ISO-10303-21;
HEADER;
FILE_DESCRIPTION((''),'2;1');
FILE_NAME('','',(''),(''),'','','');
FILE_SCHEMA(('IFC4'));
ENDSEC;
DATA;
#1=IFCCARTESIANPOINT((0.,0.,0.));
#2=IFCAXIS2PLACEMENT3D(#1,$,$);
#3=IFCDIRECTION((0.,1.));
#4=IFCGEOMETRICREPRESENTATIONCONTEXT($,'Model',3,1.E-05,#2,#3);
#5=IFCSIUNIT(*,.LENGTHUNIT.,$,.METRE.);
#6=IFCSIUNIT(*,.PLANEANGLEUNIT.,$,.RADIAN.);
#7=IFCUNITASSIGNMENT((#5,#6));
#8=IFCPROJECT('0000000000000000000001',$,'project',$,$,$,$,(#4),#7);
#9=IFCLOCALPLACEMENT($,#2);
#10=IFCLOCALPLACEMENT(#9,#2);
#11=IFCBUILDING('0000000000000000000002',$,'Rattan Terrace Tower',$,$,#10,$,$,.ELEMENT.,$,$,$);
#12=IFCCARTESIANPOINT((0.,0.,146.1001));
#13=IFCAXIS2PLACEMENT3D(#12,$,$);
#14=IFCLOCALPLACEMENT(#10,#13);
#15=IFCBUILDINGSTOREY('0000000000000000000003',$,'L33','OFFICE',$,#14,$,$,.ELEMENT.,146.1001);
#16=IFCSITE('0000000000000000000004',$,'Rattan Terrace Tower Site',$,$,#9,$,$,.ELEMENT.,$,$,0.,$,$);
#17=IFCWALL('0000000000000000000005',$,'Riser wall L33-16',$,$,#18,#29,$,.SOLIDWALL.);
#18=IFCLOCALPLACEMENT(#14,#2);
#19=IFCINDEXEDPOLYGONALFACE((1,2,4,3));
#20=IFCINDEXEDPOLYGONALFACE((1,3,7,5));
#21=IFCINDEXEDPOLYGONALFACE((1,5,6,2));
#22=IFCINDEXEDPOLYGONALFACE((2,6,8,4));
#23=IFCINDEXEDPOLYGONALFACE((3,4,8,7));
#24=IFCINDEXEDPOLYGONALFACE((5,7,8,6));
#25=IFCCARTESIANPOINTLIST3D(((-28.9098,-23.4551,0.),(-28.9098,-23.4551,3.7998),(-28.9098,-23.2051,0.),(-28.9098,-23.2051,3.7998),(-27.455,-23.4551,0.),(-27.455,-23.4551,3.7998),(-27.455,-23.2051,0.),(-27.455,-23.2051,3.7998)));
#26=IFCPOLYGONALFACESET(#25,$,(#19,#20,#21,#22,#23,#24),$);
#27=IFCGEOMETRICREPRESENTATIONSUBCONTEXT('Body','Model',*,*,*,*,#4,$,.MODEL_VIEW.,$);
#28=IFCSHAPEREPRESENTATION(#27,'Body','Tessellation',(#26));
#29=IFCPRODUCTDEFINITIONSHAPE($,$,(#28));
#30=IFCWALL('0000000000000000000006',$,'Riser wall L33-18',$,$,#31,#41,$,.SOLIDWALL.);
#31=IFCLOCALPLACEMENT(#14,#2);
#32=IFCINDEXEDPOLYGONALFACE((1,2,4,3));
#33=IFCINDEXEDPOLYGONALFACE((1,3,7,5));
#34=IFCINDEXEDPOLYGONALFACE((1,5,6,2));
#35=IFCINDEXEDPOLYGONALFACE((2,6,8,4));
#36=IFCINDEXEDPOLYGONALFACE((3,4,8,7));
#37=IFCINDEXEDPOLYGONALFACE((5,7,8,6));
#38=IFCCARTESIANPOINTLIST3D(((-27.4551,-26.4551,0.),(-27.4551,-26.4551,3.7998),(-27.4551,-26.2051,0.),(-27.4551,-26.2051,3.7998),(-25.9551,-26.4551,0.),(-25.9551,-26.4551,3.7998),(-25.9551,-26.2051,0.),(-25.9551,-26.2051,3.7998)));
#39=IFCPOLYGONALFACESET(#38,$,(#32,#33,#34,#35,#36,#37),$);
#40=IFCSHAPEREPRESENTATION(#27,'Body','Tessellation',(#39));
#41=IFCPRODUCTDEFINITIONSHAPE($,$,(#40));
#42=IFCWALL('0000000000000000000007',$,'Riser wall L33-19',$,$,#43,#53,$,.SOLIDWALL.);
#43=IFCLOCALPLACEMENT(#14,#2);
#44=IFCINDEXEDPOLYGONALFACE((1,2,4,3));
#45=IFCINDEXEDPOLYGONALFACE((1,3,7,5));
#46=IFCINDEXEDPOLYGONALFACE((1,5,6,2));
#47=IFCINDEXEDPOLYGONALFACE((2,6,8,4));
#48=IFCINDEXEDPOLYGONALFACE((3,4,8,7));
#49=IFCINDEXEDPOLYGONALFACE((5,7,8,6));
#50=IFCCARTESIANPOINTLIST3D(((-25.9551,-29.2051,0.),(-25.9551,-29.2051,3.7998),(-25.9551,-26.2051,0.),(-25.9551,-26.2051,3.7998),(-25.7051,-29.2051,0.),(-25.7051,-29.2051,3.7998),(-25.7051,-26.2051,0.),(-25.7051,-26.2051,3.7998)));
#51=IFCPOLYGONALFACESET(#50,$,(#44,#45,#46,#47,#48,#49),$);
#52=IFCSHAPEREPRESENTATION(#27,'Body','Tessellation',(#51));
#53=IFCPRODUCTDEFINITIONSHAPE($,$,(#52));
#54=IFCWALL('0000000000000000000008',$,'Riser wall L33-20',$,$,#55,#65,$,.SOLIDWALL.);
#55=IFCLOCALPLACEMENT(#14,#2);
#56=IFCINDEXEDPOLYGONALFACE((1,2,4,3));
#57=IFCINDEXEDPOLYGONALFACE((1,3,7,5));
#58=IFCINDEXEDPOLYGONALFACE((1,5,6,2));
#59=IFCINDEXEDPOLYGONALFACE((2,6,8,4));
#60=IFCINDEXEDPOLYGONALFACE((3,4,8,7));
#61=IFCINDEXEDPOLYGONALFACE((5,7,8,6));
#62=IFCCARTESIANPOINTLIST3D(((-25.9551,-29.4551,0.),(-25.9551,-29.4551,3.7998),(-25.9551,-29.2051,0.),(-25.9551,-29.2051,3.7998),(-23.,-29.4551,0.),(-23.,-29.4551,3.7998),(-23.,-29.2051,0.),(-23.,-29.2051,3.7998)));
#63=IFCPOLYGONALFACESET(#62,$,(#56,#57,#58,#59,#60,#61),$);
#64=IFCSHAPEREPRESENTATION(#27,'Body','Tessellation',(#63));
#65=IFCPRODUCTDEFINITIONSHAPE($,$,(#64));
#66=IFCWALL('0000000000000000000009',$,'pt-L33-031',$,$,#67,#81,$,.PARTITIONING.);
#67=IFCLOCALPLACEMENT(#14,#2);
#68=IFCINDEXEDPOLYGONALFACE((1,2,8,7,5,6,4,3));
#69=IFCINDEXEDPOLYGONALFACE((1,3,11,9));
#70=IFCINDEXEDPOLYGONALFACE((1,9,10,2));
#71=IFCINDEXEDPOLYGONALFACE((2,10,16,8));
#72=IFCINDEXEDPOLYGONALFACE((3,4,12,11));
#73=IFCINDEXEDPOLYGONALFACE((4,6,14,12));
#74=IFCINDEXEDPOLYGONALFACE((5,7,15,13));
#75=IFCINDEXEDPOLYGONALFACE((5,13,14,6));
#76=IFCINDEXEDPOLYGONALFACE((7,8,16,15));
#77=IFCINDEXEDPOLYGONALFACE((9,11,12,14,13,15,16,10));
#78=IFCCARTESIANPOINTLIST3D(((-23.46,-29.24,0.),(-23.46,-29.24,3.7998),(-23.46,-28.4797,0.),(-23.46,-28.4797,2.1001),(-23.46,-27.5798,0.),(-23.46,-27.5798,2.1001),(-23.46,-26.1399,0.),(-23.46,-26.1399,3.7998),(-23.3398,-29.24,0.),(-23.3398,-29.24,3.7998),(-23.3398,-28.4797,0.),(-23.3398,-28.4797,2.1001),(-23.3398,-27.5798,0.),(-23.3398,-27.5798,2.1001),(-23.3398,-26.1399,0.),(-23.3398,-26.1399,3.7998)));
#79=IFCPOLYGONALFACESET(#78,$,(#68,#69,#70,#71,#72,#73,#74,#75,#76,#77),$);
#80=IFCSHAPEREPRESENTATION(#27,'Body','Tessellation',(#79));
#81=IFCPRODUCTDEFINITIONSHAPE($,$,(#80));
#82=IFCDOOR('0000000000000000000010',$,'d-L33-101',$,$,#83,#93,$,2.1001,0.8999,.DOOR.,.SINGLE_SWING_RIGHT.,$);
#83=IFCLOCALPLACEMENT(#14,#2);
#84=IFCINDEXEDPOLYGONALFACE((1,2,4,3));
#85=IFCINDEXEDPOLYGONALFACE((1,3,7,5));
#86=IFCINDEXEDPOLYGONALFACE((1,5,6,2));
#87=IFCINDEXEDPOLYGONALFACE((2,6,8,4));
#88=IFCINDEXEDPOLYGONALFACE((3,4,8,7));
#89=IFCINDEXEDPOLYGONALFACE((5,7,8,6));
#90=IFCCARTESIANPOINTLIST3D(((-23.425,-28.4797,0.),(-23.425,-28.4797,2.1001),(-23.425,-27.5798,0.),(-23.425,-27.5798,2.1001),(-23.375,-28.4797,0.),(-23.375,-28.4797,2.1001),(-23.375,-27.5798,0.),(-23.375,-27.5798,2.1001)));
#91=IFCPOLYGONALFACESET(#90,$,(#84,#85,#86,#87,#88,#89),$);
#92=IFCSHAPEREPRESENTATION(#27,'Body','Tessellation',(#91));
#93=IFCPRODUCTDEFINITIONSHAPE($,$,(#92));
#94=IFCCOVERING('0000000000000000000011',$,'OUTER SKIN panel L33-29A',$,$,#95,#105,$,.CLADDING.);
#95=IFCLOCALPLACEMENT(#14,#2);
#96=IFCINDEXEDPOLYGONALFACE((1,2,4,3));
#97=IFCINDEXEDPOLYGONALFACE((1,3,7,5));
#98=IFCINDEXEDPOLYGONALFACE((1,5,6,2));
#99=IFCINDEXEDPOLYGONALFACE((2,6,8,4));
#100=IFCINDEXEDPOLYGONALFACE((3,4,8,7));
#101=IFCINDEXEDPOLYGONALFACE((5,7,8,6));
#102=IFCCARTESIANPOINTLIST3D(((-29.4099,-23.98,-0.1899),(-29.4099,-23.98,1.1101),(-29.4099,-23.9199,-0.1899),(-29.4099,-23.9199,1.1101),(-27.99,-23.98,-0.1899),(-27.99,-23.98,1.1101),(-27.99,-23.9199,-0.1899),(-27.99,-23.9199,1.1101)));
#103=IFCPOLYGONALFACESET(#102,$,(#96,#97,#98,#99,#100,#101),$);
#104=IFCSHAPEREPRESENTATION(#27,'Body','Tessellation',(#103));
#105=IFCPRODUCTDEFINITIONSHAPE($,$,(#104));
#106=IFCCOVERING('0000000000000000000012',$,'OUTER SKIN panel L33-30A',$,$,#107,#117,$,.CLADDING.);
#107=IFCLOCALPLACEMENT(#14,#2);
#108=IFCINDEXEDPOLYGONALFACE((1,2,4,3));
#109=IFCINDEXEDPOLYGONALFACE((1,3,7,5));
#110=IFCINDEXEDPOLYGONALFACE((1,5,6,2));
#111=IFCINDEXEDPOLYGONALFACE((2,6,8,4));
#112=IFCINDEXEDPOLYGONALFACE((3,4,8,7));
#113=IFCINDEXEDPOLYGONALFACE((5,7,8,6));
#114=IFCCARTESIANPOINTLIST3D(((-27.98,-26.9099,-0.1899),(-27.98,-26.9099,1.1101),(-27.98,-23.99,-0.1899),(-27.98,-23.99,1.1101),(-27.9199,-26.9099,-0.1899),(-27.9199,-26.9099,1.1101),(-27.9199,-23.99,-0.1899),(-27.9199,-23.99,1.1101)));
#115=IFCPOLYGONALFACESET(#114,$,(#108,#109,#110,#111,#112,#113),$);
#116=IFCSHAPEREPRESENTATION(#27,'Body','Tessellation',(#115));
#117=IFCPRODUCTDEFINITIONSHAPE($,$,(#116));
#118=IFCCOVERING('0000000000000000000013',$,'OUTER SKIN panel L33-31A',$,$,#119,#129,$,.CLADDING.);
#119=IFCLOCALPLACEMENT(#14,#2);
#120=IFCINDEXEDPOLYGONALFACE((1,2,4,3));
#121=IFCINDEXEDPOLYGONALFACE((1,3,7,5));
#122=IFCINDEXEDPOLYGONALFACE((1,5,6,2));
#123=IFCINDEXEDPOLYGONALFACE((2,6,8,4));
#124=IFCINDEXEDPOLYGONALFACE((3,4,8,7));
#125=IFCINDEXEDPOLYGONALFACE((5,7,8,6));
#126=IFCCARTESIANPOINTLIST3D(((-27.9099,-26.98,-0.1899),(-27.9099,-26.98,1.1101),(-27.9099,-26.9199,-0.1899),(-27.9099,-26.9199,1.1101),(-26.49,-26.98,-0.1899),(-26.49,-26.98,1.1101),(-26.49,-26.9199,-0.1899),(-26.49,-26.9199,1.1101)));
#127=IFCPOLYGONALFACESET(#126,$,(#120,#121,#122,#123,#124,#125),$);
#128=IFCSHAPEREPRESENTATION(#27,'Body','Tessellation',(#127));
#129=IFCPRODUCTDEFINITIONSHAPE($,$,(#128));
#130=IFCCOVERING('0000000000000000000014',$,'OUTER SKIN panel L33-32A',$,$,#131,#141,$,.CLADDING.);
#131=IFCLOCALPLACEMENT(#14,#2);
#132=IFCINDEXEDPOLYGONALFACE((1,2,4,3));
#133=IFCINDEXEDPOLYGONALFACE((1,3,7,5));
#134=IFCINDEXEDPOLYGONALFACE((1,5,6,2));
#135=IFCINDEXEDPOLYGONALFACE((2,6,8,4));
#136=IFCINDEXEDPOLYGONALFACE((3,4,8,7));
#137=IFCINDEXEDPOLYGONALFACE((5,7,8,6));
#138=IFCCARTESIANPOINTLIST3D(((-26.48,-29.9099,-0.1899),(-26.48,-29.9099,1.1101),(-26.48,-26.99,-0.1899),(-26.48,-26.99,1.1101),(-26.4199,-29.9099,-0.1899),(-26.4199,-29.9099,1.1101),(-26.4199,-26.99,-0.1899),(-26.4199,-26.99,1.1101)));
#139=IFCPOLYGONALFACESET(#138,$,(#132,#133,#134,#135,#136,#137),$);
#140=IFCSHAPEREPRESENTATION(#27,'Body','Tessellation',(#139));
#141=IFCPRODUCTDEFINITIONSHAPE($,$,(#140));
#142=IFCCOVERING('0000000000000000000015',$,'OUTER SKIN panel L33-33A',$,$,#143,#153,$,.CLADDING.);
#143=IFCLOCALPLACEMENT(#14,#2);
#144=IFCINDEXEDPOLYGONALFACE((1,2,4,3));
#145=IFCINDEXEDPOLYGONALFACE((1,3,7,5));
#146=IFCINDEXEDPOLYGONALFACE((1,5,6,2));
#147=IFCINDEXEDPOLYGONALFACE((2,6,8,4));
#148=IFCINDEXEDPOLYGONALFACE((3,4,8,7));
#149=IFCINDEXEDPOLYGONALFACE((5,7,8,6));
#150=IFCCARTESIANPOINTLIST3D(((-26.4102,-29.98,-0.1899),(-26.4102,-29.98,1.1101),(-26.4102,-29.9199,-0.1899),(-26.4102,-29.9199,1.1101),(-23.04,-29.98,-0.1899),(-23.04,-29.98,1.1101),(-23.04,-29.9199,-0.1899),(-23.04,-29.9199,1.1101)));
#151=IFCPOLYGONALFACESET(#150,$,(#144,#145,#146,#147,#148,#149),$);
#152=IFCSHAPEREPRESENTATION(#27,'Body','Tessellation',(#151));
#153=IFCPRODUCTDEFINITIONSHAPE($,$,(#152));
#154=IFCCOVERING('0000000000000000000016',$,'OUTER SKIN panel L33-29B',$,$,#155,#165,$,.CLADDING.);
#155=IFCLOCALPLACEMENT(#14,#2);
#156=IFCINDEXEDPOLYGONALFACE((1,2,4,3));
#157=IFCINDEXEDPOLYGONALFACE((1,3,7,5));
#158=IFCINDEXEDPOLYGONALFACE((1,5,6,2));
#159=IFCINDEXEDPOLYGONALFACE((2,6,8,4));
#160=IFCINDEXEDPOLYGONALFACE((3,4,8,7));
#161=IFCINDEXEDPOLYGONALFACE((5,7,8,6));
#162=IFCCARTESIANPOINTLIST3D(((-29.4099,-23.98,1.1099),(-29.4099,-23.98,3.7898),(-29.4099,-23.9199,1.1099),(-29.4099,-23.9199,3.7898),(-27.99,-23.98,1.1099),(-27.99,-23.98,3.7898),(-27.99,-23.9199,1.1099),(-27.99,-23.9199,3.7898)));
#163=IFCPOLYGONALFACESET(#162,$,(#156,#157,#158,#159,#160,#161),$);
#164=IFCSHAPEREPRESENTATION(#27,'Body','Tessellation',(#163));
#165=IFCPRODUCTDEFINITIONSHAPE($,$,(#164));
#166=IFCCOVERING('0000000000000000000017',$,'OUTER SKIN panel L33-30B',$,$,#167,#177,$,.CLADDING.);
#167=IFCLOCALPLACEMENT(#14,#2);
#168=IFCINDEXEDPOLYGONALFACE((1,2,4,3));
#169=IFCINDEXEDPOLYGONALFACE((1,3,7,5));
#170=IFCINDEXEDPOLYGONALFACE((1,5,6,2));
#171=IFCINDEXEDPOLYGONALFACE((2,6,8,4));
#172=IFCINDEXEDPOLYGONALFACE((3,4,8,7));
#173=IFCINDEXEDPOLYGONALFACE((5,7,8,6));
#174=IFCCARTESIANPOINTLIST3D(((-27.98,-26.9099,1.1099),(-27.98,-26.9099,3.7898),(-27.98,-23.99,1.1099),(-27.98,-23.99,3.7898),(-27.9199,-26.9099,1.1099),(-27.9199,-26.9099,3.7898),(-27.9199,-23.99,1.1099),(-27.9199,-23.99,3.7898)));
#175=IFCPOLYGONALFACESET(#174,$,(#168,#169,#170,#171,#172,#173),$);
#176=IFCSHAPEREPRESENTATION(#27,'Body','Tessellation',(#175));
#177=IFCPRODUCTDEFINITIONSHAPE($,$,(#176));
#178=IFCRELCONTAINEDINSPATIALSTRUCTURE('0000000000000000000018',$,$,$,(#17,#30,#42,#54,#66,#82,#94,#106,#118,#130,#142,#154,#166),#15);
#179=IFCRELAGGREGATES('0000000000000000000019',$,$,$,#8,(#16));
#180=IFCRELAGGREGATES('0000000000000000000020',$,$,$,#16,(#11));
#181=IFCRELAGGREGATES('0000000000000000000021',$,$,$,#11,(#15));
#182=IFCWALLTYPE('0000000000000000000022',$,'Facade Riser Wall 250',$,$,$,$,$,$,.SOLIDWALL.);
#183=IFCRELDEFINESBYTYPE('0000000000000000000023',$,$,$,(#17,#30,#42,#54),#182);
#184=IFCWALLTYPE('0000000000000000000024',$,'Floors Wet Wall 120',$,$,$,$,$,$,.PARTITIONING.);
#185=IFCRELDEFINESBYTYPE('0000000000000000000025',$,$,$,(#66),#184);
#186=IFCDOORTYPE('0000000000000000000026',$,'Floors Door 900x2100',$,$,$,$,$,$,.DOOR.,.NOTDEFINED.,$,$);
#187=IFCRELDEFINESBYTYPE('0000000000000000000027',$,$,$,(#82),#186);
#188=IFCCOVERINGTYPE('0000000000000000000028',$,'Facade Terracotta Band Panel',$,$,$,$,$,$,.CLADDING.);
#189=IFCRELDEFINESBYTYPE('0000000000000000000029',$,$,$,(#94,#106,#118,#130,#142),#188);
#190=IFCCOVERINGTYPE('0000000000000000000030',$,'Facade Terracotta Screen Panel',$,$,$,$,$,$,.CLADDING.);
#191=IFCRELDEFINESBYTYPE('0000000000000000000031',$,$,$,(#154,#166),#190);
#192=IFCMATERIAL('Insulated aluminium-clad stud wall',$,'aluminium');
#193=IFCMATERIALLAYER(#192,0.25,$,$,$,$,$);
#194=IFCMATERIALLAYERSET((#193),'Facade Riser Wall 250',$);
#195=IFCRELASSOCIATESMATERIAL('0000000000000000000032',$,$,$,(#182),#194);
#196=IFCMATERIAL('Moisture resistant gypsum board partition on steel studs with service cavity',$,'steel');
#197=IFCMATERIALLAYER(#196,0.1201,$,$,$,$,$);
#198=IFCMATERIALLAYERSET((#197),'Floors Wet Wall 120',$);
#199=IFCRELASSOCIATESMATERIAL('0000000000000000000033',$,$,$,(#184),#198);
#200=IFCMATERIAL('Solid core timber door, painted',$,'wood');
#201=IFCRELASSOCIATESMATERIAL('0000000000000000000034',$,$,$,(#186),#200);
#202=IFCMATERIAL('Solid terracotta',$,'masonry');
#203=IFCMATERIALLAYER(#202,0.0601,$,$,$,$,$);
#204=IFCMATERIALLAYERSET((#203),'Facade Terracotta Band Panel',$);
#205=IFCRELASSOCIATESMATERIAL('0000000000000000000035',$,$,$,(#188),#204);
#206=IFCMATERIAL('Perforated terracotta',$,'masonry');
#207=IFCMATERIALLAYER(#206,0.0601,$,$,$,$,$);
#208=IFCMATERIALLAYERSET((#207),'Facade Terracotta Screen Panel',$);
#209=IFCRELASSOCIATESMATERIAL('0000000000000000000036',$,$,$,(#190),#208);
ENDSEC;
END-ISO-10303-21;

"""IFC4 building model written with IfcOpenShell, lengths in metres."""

from ifc_helpers import new_model, si_unit, direction, frame, frame_2d, origin, origin_2d, place, context, subcontext, project, spatial, rectangle, extrude, material, layer, layer_set, type_object, element, fill, save


model = new_model("IFC4")

# Units and contexts
model_context = context("Model", 3, precision=1e-05, world=origin(), true_north=direction((0.0, 1.0)))
body_context = subcontext(model_context, "Body", "Model", "MODEL_VIEW")
ifc_project = project(units=[si_unit("LENGTHUNIT", "METRE"), si_unit("PLANEANGLEUNIT", "RADIAN")], contexts=[model_context])

# Site, building, storey
site_placement = place(None, origin())
site = spatial("IfcSite", under=ifc_project, at=site_placement, Name="Rattan Terrace Tower Site", CompositionType="ELEMENT", RefElevation=0.0)
building_placement = place(site_placement, origin())
building = spatial("IfcBuilding", under=site, at=building_placement, Name="Rattan Terrace Tower", CompositionType="ELEMENT")
storey_placement = place(building_placement, frame((0.0, 0.0, 146.1001)))
storey = spatial("IfcBuildingStorey", under=building, at=storey_placement, Name="L33", Description="OFFICE", CompositionType="ELEMENT", Elevation=146.1001)

# Walls
ifc_material_1 = material(Name="Insulated aluminium-clad stud wall", Category="aluminium")
ifc_layer_1 = layer(ifc_material_1, 0.25)
ifc_layer_set_1 = layer_set([ifc_layer_1], Name="Facade Riser Wall 250")
wall_type_1 = type_object("IfcWallType", Name="Facade Riser Wall 250", PredefinedType="SOLIDWALL", material=ifc_layer_set_1)
wall_1_placement = place(storey_placement, frame((-28.9099, -23.3301, 0.0), z_axis=(0.0, 0.0, 1.0), x_axis=(1.0, 0.0, 0.0)))
element("IfcWall", 1, at=wall_1_placement, inside=storey, type_object=wall_type_1, Name="Riser wall L33-16", PredefinedType="SOLIDWALL", context=body_context, shape_type="SweptSolid", body=[
    extrude(rectangle(XDim=1.4548, YDim=0.25, at=frame_2d((0.7275, 0.0))), origin(), (0.0, 0.0, 1.0), 3.7998),
])
wall_2_placement = place(storey_placement, frame((-27.4551, -26.3301, 0.0), z_axis=(0.0, 0.0, 1.0), x_axis=(1.0, 0.0, 0.0)))
element("IfcWall", 2, at=wall_2_placement, inside=storey, type_object=wall_type_1, Name="Riser wall L33-18", PredefinedType="SOLIDWALL", context=body_context, shape_type="SweptSolid", body=[
    extrude(rectangle(XDim=1.5, YDim=0.25, at=frame_2d((0.75, 0.0))), origin(), (0.0, 0.0, 1.0), 3.7998),
])
wall_3_placement = place(storey_placement, frame((-25.8301, -26.2051, 0.0), z_axis=(0.0, 0.0, 1.0), x_axis=(0.0, -1.0, 0.0)))
element("IfcWall", 3, at=wall_3_placement, inside=storey, type_object=wall_type_1, Name="Riser wall L33-19", PredefinedType="SOLIDWALL", context=body_context, shape_type="SweptSolid", body=[
    extrude(rectangle(XDim=3.0, YDim=0.25, at=frame_2d((1.5, 0.0))), origin(), (0.0, 0.0, 1.0), 3.7998),
])
wall_4_placement = place(storey_placement, frame((-25.9551, -29.3301, 0.0), z_axis=(0.0, 0.0, 1.0), x_axis=(1.0, 0.0, 0.0)))
element("IfcWall", 4, at=wall_4_placement, inside=storey, type_object=wall_type_1, Name="Riser wall L33-20", PredefinedType="SOLIDWALL", context=body_context, shape_type="SweptSolid", body=[
    extrude(rectangle(XDim=2.9551, YDim=0.25, at=frame_2d((1.4775, 0.0))), origin(), (0.0, 0.0, 1.0), 3.7998),
])

# Wall, opening, door
ifc_material_2 = material(Name="Moisture resistant gypsum board partition on steel studs with service cavity", Category="steel")
ifc_layer_2 = layer(ifc_material_2, 0.1201)
ifc_layer_set_2 = layer_set([ifc_layer_2], Name="Floors Wet Wall 120")
wall_type_2 = type_object("IfcWallType", Name="Floors Wet Wall 120", PredefinedType="PARTITIONING", material=ifc_layer_set_2)
wall_5_placement = place(storey_placement, frame((-23.3999, -26.1399, 0.0), z_axis=(0.0, 0.0, 1.0), x_axis=(0.0, -1.0, 0.0)))
wall_5 = element("IfcWall", 5, at=wall_5_placement, inside=storey, type_object=wall_type_2, Name="pt-L33-031", PredefinedType="PARTITIONING", context=body_context, shape_type="SweptSolid", body=[
    extrude(rectangle(XDim=3.1001, YDim=0.1201, at=frame_2d((1.55, 0.0))), origin(), (0.0, 0.0, 1.0), 3.7998),
])
opening_placement = place(wall_5_placement, frame((1.4399, 0.0, 0.0)))
opening = element("IfcOpeningElement", 6, at=opening_placement, cuts=wall_5, PredefinedType="OPENING", context=body_context, shape_type="SweptSolid", body=[
    extrude(rectangle(XDim=0.8999, YDim=2.1001, at=frame_2d((0.45, 1.05))), frame((0.0, 0.0706, 0.0), z_axis=(0.0, -1.0, 0.0), x_axis=(1.0, 0.0, 0.0)), (0.0, 0.0, 1.0), 0.1411),
])
ifc_material_3 = material(Name="Solid core timber door, painted", Category="wood")
door_type = type_object("IfcDoorType", Name="Floors Door 900x2100", OperationType="NOTDEFINED", PredefinedType="DOOR", material=ifc_material_3)
door_placement = place(opening_placement, origin())
door = element("IfcDoor", 7, at=door_placement, inside=storey, type_object=door_type, Name="d-L33-101", OperationType="SINGLE_SWING_RIGHT", OverallHeight=2.1001, OverallWidth=0.8999, PredefinedType="DOOR", context=body_context, shape_type="SweptSolid", body=[
    extrude(rectangle(XDim=0.8999, YDim=2.1001, at=frame_2d((0.45, 1.05))), frame((0.0, 0.0249, 0.0), z_axis=(0.0, -1.0, 0.0), x_axis=(1.0, 0.0, 0.0)), (0.0, 0.0, 1.0), 0.05),
])
fill(opening, door)

# Coverings
ifc_material_4 = material(Name="Solid terracotta", Category="masonry")
ifc_layer_3 = layer(ifc_material_4, 0.0601)
ifc_layer_set_3 = layer_set([ifc_layer_3], Name="Facade Terracotta Band Panel")
covering_type_1 = type_object("IfcCoveringType", Name="Facade Terracotta Band Panel", PredefinedType="CLADDING", material=ifc_layer_set_3)
covering_1_placement = place(storey_placement, frame((-28.7, -23.95, -0.1899), z_axis=(0.0, 0.0, 1.0), x_axis=(1.0, 0.0, 0.0)))
element("IfcCovering", 8, at=covering_1_placement, inside=storey, type_object=covering_type_1, Name="OUTER SKIN panel L33-29A", PredefinedType="CLADDING", context=body_context, shape_type="SweptSolid", body=[
    extrude(rectangle(XDim=1.4199, YDim=0.0601, at=origin_2d()), origin(), (0.0, 0.0, 1.0), 1.3),
])
covering_2_placement = place(storey_placement, frame((-27.95, -25.45, -0.1899), z_axis=(0.0, 0.0, 1.0), x_axis=(0.0, -1.0, 0.0)))
element("IfcCovering", 9, at=covering_2_placement, inside=storey, type_object=covering_type_1, Name="OUTER SKIN panel L33-30A", PredefinedType="CLADDING", context=body_context, shape_type="SweptSolid", body=[
    extrude(rectangle(XDim=2.9199, YDim=0.0601, at=origin_2d()), origin(), (0.0, 0.0, 1.0), 1.3),
])
covering_3_placement = place(storey_placement, frame((-27.2, -26.95, -0.1899), z_axis=(0.0, 0.0, 1.0), x_axis=(1.0, 0.0, 0.0)))
element("IfcCovering", 10, at=covering_3_placement, inside=storey, type_object=covering_type_1, Name="OUTER SKIN panel L33-31A", PredefinedType="CLADDING", context=body_context, shape_type="SweptSolid", body=[
    extrude(rectangle(XDim=1.4199, YDim=0.0601, at=origin_2d()), origin(), (0.0, 0.0, 1.0), 1.3),
])
covering_4_placement = place(storey_placement, frame((-26.45, -28.45, -0.1899), z_axis=(0.0, 0.0, 1.0), x_axis=(0.0, -1.0, 0.0)))
element("IfcCovering", 11, at=covering_4_placement, inside=storey, type_object=covering_type_1, Name="OUTER SKIN panel L33-32A", PredefinedType="CLADDING", context=body_context, shape_type="SweptSolid", body=[
    extrude(rectangle(XDim=2.9199, YDim=0.0601, at=origin_2d()), origin(), (0.0, 0.0, 1.0), 1.3),
])
covering_5_placement = place(storey_placement, frame((-24.7251, -29.95, -0.1899), z_axis=(0.0, 0.0, 1.0), x_axis=(1.0, 0.0, 0.0)))
element("IfcCovering", 12, at=covering_5_placement, inside=storey, type_object=covering_type_1, Name="OUTER SKIN panel L33-33A", PredefinedType="CLADDING", context=body_context, shape_type="SweptSolid", body=[
    extrude(rectangle(XDim=3.3701, YDim=0.0601, at=origin_2d()), origin(), (0.0, 0.0, 1.0), 1.3),
])
ifc_material_5 = material(Name="Perforated terracotta", Category="masonry")
ifc_layer_4 = layer(ifc_material_5, 0.0601)
ifc_layer_set_4 = layer_set([ifc_layer_4], Name="Facade Terracotta Screen Panel")
covering_type_2 = type_object("IfcCoveringType", Name="Facade Terracotta Screen Panel", PredefinedType="CLADDING", material=ifc_layer_set_4)
covering_6_placement = place(storey_placement, frame((-28.7, -23.95, 1.1099), z_axis=(0.0, 0.0, 1.0), x_axis=(1.0, 0.0, 0.0)))
element("IfcCovering", 13, at=covering_6_placement, inside=storey, type_object=covering_type_2, Name="OUTER SKIN panel L33-29B", PredefinedType="CLADDING", context=body_context, shape_type="SweptSolid", body=[
    extrude(rectangle(XDim=1.4199, YDim=0.0601, at=origin_2d()), origin(), (0.0, 0.0, 1.0), 2.6799),
])
covering_7_placement = place(storey_placement, frame((-27.95, -25.45, 1.1099), z_axis=(0.0, 0.0, 1.0), x_axis=(0.0, -1.0, 0.0)))
element("IfcCovering", 14, at=covering_7_placement, inside=storey, type_object=covering_type_2, Name="OUTER SKIN panel L33-30B", PredefinedType="CLADDING", context=body_context, shape_type="SweptSolid", body=[
    extrude(rectangle(XDim=2.9199, YDim=0.0601, at=origin_2d()), origin(), (0.0, 0.0, 1.0), 2.6799),
])

save(model, "model.ifc")
